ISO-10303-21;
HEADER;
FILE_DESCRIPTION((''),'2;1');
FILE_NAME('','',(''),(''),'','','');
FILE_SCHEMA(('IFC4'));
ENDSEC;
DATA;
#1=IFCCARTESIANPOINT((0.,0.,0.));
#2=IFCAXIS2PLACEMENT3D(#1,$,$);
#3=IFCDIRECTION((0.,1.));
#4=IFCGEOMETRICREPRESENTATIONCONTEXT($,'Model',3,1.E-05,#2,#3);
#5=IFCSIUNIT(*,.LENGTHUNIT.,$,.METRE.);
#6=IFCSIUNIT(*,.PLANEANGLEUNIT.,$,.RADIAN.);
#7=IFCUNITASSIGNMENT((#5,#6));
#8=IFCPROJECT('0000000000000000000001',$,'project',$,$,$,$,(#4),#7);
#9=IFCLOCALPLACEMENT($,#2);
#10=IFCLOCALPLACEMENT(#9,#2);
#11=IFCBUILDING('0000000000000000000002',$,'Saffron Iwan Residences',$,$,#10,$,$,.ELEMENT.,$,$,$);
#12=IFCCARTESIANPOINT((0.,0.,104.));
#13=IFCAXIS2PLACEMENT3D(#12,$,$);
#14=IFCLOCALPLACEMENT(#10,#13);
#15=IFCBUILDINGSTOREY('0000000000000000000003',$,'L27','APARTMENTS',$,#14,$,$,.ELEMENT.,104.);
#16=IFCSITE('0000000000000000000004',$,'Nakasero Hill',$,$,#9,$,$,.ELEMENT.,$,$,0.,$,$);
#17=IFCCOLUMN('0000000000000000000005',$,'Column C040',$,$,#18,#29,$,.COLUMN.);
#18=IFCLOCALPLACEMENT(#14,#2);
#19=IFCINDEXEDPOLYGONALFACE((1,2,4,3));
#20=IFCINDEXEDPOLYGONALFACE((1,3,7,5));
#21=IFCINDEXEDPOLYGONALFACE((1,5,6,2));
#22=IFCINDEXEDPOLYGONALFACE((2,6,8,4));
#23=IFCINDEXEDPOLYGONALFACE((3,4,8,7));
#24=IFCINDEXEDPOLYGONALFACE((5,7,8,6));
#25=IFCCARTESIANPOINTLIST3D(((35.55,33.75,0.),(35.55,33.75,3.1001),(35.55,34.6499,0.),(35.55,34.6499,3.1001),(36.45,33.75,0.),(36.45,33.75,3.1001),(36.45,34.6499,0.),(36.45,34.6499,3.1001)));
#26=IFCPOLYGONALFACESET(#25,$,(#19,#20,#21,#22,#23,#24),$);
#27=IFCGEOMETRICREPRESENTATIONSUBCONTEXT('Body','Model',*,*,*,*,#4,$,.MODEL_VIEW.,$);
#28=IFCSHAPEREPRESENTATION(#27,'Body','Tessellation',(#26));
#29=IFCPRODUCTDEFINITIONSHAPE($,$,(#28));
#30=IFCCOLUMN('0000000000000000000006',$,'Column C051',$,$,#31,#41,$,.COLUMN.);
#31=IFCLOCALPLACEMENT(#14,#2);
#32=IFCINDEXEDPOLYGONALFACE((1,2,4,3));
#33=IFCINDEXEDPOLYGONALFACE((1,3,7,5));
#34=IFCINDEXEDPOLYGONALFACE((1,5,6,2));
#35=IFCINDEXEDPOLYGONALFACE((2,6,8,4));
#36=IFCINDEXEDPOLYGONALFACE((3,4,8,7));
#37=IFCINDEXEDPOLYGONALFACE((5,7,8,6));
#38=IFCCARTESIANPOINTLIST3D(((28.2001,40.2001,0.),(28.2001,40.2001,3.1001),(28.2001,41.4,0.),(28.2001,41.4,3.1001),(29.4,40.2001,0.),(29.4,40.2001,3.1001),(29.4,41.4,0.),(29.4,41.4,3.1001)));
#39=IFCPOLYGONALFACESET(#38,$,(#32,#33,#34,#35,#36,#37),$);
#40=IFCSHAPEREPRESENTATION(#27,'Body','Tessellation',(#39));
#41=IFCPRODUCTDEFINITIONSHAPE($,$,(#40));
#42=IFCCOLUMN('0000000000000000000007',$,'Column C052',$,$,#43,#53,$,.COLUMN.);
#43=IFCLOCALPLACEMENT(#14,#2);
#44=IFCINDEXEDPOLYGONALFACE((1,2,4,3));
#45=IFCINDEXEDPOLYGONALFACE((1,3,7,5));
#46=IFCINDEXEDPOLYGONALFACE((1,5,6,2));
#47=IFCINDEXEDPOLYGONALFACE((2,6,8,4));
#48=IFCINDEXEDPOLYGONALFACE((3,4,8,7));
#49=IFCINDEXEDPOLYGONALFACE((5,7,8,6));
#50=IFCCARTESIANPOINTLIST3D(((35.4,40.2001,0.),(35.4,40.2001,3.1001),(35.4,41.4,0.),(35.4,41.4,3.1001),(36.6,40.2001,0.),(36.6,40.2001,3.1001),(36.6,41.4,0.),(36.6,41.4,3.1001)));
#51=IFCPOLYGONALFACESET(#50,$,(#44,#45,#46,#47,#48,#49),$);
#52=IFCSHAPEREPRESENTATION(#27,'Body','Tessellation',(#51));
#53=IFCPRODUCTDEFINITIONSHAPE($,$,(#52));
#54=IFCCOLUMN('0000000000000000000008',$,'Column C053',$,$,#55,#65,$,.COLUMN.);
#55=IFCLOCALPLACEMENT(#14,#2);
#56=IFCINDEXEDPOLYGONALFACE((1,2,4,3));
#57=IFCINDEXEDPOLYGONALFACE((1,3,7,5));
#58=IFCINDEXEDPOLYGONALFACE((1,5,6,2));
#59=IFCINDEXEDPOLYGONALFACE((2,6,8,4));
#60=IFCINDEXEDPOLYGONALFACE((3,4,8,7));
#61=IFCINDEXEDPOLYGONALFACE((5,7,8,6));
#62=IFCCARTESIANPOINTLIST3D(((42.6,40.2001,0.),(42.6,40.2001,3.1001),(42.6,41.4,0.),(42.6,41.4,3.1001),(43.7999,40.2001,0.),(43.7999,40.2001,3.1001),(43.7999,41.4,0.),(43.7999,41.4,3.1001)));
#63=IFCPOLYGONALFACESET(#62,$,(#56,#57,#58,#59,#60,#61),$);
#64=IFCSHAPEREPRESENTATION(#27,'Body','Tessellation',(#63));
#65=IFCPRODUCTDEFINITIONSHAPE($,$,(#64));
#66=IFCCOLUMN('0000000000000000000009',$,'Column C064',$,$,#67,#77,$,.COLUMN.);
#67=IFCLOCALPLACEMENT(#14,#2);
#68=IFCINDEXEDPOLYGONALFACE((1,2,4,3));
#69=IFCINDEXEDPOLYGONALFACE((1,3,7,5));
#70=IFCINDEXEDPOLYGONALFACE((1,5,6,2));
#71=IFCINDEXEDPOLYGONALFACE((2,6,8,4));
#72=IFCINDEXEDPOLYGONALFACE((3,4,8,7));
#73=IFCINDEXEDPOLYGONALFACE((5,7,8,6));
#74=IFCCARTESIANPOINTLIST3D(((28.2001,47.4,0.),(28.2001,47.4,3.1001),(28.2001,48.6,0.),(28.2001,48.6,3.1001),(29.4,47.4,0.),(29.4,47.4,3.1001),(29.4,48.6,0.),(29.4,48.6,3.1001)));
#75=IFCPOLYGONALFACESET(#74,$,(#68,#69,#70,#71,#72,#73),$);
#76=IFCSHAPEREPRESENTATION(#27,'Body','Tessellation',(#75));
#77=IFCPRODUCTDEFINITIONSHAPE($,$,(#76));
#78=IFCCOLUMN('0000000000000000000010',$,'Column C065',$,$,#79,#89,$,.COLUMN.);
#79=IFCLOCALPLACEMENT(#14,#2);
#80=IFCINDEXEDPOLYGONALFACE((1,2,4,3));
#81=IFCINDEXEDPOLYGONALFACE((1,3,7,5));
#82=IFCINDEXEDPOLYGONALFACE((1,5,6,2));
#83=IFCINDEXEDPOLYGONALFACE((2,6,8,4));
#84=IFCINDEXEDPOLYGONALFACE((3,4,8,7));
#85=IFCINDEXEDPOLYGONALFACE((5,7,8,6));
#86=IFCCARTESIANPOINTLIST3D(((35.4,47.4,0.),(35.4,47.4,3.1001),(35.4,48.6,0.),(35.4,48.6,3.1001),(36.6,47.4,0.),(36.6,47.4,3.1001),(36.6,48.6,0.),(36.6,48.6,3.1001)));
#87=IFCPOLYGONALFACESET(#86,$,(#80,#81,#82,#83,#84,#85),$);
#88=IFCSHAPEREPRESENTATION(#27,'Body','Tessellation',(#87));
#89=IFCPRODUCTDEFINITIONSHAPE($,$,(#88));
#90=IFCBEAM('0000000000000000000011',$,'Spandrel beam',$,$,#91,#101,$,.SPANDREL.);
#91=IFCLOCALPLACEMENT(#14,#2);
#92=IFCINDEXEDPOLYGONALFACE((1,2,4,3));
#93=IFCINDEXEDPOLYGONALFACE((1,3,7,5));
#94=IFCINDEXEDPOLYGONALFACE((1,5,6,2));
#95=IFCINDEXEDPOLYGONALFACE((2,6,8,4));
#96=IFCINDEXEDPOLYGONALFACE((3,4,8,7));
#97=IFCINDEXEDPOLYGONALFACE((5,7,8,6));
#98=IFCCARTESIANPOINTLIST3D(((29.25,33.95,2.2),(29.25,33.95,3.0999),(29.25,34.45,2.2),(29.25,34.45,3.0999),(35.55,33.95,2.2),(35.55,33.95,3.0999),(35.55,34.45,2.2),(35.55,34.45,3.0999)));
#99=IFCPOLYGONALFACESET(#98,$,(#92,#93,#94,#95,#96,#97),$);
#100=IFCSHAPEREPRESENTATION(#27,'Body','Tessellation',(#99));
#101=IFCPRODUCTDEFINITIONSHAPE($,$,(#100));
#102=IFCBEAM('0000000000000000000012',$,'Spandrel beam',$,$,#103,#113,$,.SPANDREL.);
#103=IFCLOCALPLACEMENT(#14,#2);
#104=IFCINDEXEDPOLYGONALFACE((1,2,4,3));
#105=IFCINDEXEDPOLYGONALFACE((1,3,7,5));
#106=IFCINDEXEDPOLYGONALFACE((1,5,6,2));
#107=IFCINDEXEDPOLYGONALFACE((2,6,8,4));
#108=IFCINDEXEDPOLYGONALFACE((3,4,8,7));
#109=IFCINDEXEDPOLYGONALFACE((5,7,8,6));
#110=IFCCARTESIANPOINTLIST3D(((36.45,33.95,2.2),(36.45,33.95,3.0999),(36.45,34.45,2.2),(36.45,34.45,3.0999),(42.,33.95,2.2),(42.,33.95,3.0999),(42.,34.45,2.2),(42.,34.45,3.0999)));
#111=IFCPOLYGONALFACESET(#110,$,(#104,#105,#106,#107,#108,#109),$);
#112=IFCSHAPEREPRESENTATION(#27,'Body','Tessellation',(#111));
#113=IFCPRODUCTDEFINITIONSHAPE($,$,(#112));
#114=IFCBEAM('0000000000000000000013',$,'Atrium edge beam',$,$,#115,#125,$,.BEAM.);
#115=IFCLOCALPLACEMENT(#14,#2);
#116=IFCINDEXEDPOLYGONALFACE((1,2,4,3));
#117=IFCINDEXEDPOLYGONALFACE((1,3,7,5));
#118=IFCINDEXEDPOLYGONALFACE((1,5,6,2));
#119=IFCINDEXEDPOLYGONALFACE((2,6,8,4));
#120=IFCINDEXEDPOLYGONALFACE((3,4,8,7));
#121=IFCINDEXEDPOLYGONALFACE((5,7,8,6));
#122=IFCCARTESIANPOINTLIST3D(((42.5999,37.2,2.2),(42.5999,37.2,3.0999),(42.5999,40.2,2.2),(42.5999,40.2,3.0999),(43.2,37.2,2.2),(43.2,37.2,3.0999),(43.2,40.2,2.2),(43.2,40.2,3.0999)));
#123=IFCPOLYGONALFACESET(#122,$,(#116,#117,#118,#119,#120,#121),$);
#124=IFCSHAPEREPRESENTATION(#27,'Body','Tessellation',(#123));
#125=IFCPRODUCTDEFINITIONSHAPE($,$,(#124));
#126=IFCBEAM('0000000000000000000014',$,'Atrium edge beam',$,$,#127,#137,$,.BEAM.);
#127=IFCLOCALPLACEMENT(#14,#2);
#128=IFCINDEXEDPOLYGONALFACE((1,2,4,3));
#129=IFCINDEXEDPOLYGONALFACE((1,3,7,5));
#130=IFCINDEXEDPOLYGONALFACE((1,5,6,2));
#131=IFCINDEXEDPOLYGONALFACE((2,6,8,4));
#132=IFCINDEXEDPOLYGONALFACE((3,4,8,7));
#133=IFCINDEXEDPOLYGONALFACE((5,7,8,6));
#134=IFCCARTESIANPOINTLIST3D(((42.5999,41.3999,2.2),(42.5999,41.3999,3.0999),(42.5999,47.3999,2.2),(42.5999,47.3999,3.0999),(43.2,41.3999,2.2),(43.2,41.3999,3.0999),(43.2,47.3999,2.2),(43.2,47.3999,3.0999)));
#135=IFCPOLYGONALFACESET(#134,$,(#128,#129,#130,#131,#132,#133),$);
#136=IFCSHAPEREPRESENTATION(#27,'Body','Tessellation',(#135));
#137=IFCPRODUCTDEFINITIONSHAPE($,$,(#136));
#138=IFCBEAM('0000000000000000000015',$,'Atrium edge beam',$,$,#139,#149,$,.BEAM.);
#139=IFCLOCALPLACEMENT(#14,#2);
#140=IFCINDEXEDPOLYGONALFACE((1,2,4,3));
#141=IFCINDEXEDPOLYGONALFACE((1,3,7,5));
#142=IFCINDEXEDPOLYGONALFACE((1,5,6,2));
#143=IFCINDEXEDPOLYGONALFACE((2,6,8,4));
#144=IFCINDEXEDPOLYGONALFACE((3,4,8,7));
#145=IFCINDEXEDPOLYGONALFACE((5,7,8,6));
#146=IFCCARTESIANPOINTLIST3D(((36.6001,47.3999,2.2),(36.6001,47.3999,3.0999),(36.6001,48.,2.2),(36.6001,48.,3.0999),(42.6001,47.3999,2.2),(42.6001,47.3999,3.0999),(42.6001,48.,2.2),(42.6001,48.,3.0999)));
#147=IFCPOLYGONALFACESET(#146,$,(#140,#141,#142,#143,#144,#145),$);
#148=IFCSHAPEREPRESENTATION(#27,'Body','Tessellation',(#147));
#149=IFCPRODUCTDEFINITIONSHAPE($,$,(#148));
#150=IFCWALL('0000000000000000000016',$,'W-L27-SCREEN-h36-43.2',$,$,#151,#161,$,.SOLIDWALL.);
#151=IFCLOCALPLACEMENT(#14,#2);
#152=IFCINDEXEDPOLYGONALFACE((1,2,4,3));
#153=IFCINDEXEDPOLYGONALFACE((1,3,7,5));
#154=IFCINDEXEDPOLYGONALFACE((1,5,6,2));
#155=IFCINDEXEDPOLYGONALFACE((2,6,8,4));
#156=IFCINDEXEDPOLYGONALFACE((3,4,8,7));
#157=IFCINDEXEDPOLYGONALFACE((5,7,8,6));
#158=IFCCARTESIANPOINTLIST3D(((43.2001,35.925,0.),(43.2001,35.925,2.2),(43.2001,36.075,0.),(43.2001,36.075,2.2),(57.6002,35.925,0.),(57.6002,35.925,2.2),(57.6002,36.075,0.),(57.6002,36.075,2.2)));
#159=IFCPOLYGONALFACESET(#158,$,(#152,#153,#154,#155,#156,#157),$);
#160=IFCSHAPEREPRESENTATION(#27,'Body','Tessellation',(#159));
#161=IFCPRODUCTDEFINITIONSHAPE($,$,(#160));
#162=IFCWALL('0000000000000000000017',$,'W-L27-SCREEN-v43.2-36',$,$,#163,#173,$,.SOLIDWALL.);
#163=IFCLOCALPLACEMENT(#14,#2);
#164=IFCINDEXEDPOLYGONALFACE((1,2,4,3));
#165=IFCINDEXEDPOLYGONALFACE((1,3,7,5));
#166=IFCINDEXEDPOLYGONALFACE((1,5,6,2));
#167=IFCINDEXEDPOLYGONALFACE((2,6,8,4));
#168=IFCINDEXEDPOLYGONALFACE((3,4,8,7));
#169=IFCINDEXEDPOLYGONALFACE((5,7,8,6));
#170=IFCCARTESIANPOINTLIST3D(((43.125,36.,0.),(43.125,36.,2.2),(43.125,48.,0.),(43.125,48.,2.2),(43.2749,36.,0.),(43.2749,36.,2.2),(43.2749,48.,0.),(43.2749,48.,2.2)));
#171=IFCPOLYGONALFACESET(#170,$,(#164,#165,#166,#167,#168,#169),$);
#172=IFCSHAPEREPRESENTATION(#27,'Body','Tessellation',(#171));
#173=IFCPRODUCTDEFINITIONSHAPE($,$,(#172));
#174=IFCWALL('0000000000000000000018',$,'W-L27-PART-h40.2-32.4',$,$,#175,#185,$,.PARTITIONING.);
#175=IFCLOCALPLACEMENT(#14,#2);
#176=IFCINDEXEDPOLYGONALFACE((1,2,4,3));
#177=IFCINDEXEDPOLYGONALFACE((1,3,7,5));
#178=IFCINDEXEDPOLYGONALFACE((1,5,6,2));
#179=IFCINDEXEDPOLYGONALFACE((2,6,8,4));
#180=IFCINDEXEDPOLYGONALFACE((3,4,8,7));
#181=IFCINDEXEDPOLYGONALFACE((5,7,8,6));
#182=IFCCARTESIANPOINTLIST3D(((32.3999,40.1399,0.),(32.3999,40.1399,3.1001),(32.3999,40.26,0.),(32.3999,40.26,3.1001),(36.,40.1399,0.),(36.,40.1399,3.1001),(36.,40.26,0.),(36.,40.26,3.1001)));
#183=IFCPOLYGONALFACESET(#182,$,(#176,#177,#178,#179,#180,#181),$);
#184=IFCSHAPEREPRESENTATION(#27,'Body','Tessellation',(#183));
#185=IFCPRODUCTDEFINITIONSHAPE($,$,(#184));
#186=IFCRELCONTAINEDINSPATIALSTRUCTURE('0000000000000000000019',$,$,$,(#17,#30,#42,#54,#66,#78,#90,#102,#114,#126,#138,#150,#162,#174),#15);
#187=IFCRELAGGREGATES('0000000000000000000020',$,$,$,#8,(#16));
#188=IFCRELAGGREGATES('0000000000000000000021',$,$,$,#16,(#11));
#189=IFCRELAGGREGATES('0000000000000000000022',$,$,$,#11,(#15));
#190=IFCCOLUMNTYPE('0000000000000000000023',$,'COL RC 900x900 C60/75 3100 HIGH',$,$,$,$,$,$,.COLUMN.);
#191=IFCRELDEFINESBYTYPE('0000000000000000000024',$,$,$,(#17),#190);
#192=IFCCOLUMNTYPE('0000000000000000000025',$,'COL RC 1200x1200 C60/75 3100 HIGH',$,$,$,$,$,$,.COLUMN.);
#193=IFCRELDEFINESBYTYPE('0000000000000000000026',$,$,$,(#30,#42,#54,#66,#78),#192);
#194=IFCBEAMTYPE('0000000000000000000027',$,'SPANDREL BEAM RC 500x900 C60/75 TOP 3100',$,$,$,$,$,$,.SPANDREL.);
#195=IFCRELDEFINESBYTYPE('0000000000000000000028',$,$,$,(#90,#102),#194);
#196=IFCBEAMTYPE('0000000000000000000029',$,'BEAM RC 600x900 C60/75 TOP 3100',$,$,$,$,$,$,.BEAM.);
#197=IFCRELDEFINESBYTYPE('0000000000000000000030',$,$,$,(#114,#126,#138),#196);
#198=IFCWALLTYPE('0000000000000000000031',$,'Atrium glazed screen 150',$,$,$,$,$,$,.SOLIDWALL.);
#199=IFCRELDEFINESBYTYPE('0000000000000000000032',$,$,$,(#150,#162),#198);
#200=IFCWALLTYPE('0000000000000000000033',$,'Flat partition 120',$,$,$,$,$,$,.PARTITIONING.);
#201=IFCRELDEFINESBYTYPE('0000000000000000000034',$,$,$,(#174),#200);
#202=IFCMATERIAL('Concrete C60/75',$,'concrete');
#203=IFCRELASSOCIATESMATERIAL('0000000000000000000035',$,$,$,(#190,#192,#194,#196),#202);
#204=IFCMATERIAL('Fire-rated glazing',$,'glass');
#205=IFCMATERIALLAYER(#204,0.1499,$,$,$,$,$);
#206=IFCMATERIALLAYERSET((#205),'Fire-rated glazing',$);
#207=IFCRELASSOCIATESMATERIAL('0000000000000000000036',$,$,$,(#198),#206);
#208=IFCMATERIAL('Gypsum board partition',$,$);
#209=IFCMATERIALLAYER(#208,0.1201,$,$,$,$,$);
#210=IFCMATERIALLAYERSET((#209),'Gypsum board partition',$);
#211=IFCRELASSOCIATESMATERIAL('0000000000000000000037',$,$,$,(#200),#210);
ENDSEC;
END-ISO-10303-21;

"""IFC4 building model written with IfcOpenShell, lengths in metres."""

from ifc_helpers import new_model, si_unit, direction, frame, frame_2d, origin, origin_2d, place, context, subcontext, project, spatial, rectangle, extrude, source, transform, mapped, material, layer, layer_set, material_profile, profile_set, type_object, element, save


model = new_model("IFC4")

# Units and contexts
model_context = context("Model", 3, precision=1e-05, world=origin(), true_north=direction((0.0, 1.0)))
body_context = subcontext(model_context, "Body", "Model", "MODEL_VIEW")
ifc_project = project(units=[si_unit("LENGTHUNIT", "METRE"), si_unit("PLANEANGLEUNIT", "RADIAN")], contexts=[model_context])

# Site, building, storey
site_placement = place(None, origin())
site = spatial("IfcSite", under=ifc_project, at=site_placement, Name="Nakasero Hill", CompositionType="ELEMENT", RefElevation=0.0)
building_placement = place(site_placement, origin())
building = spatial("IfcBuilding", under=site, at=building_placement, Name="Saffron Iwan Residences", CompositionType="ELEMENT")
storey_placement = place(building_placement, frame((0.0, 0.0, 104.0)))
storey = spatial("IfcBuildingStorey", under=building, at=storey_placement, Name="L27", Description="APARTMENTS", CompositionType="ELEMENT", Elevation=104.0)

# Columns
ifc_material_1 = material(Name="Concrete C60/75", Category="concrete")
ifc_material_profile_1 = material_profile(ifc_material_1, rectangle(XDim=0.8999, YDim=0.8999, at=origin_2d()), Name="RC 900x900")
ifc_profile_set_1 = profile_set([ifc_material_profile_1], Name="Concrete C60/75")
column_type_1 = type_object("IfcColumnType", Name="COL RC 900x900 C60/75 3100 HIGH", PredefinedType="COLUMN", material=ifc_profile_set_1)
shared_shape_1 = source(origin(), body_context, "Body", "SweptSolid", [
    extrude(rectangle(XDim=0.8999, YDim=0.8999, at=origin_2d()), origin(), (0.0, 0.0, 1.0), 3.1001),
])
column_placement = place(storey_placement, frame((36.0, 34.2, 0.0), z_axis=(0.0, 0.0, 1.0), x_axis=(1.0, 0.0, 0.0)))
element("IfcColumn", 1, at=column_placement, inside=storey, type_object=column_type_1, Name="Column C040", PredefinedType="COLUMN", context=body_context, shape_type="MappedRepresentation", body=[
    mapped(shared_shape_1, transform((0.0, 0.0, 0.0))),
])
ifc_material_profile_2 = material_profile(ifc_material_1, rectangle(XDim=1.2, YDim=1.2, at=origin_2d()), Name="RC 1200x1200")
ifc_profile_set_2 = profile_set([ifc_material_profile_2], Name="Concrete C60/75")
column_type_2 = type_object("IfcColumnType", Name="COL RC 1200x1200 C60/75 3100 HIGH", PredefinedType="COLUMN", material=ifc_profile_set_2)
shared_shape_2 = source(origin(), body_context, "Body", "SweptSolid", [
    extrude(rectangle(XDim=1.2, YDim=1.2, at=origin_2d()), origin(), (0.0, 0.0, 1.0), 3.1001),
])
for number, where, z_axis, x_axis, name in (
    (2, (28.8, 40.8, 0.0), (0.0, 0.0, 1.0), (1.0, 0.0, 0.0), "Column C051"),
    (3, (36.0, 40.8, 0.0), (0.0, 0.0, 1.0), (1.0, 0.0, 0.0), "Column C052"),
    (4, (43.2, 40.8, 0.0), (0.0, 0.0, 1.0), (1.0, 0.0, 0.0), "Column C053"),
    (5, (28.8, 48.0, 0.0), (0.0, 0.0, 1.0), (1.0, 0.0, 0.0), "Column C064"),
    (6, (36.0, 48.0, 0.0), (0.0, 0.0, 1.0), (1.0, 0.0, 0.0), "Column C065"),
):
    element("IfcColumn", number, at=place(storey_placement, frame(where, z_axis=z_axis, x_axis=x_axis)), inside=storey, type_object=column_type_2, Name=name, PredefinedType="COLUMN", context=body_context, shape_type="MappedRepresentation", body=[
        mapped(shared_shape_2, transform((0.0, 0.0, 0.0))),
    ])

# Beams
ifc_material_profile_3 = material_profile(ifc_material_1, rectangle(XDim=0.5, YDim=0.8999, at=origin_2d()), Name="RC 500x900")
ifc_profile_set_3 = profile_set([ifc_material_profile_3], Name="Concrete C60/75")
beam_type_1 = type_object("IfcBeamType", Name="SPANDREL BEAM RC 500x900 C60/75 TOP 3100", PredefinedType="SPANDREL", material=ifc_profile_set_3)
shared_shape_3 = source(origin(), body_context, "Body", "SweptSolid", [
    extrude(rectangle(XDim=0.5, YDim=0.8999, at=origin_2d()), origin(), (0.0, 0.0, 1.0), 6.3),
])
beam_1_placement = place(storey_placement, frame((35.55, 34.2, 2.6499), z_axis=(-1.0, 0.0, 0.0), x_axis=(0.0, -1.0, 0.0)))
element("IfcBeam", 7, at=beam_1_placement, inside=storey, type_object=beam_type_1, Name="Spandrel beam", PredefinedType="SPANDREL", context=body_context, shape_type="MappedRepresentation", body=[
    mapped(shared_shape_3, transform((0.0, 0.0, 0.0))),
])
shared_shape_4 = source(origin(), body_context, "Body", "SweptSolid", [
    extrude(rectangle(XDim=0.5, YDim=0.8999, at=origin_2d()), origin(), (0.0, 0.0, 1.0), 5.55),
])
beam_2_placement = place(storey_placement, frame((42.0, 34.2, 2.6499), z_axis=(-1.0, 0.0, 0.0), x_axis=(0.0, -1.0, 0.0)))
element("IfcBeam", 8, at=beam_2_placement, inside=storey, type_object=beam_type_1, Name="Spandrel beam", PredefinedType="SPANDREL", context=body_context, shape_type="MappedRepresentation", body=[
    mapped(shared_shape_4, transform((0.0, 0.0, 0.0))),
])
ifc_material_profile_4 = material_profile(ifc_material_1, rectangle(XDim=0.6001, YDim=0.8999, at=origin_2d()), Name="RC 600x900")
ifc_profile_set_4 = profile_set([ifc_material_profile_4], Name="Concrete C60/75")
beam_type_2 = type_object("IfcBeamType", Name="BEAM RC 600x900 C60/75 TOP 3100", PredefinedType="BEAM", material=ifc_profile_set_4)
shared_shape_5 = source(origin(), body_context, "Body", "SweptSolid", [
    extrude(rectangle(XDim=0.6001, YDim=0.8999, at=origin_2d()), origin(), (0.0, 0.0, 1.0), 3.0),
])
beam_3_placement = place(storey_placement, frame((42.8999, 37.2, 2.6499), z_axis=(0.0, 1.0, 0.0), x_axis=(-1.0, 0.0, 0.0)))
element("IfcBeam", 9, at=beam_3_placement, inside=storey, type_object=beam_type_2, Name="Atrium edge beam", PredefinedType="BEAM", context=body_context, shape_type="MappedRepresentation", body=[
    mapped(shared_shape_5, transform((0.0, 0.0, 0.0))),
])
shared_shape_6 = source(origin(), body_context, "Body", "SweptSolid", [
    extrude(rectangle(XDim=0.6001, YDim=0.8999, at=origin_2d()), origin(), (0.0, 0.0, 1.0), 6.0),
])
for number, where, z_axis, x_axis, name in (
    (10, (42.8999, 41.3999, 2.6499), (0.0, 1.0, 0.0), (-1.0, 0.0, 0.0), "Atrium edge beam"),
    (11, (42.6001, 47.7, 2.6499), (-1.0, 0.0, 0.0), (0.0, -1.0, 0.0), "Atrium edge beam"),
):
    element("IfcBeam", number, at=place(storey_placement, frame(where, z_axis=z_axis, x_axis=x_axis)), inside=storey, type_object=beam_type_2, Name=name, PredefinedType="BEAM", context=body_context, shape_type="MappedRepresentation", body=[
        mapped(shared_shape_6, transform((0.0, 0.0, 0.0))),
    ])

# Walls
ifc_material_2 = material(Name="Fire-rated glazing", Category="glass")
ifc_layer_1 = layer(ifc_material_2, 0.1499)
ifc_layer_set_1 = layer_set([ifc_layer_1], Name="Fire-rated glazing")
wall_type_1 = type_object("IfcWallType", Name="Atrium glazed screen 150", PredefinedType="SOLIDWALL", material=ifc_layer_set_1)
wall_1_placement = place(storey_placement, frame((43.2, 36.0, 0.0), z_axis=(0.0, 0.0, 1.0), x_axis=(1.0, 0.0, 0.0)))
element("IfcWall", 12, at=wall_1_placement, inside=storey, type_object=wall_type_1, Name="W-L27-SCREEN-h36-43.2", PredefinedType="SOLIDWALL", context=body_context, shape_type="SweptSolid", body=[
    extrude(rectangle(XDim=14.4001, YDim=0.1499, at=frame_2d((7.2002, 0.0))), origin(), (0.0, 0.0, 1.0), 2.2),
])
wall_2_placement = place(storey_placement, frame((43.2, 36.0, 0.0), z_axis=(0.0, 0.0, 1.0), x_axis=(0.0, 1.0, 0.0)))
element("IfcWall", 13, at=wall_2_placement, inside=storey, type_object=wall_type_1, Name="W-L27-SCREEN-v43.2-36", PredefinedType="SOLIDWALL", context=body_context, shape_type="SweptSolid", body=[
    extrude(rectangle(XDim=12.0, YDim=0.1499, at=frame_2d((6.0, 0.0))), origin(), (0.0, 0.0, 1.0), 2.2),
])
ifc_material_3 = material(Name="Gypsum board partition")
ifc_layer_2 = layer(ifc_material_3, 0.1201)
ifc_layer_set_2 = layer_set([ifc_layer_2], Name="Gypsum board partition")
wall_type_2 = type_object("IfcWallType", Name="Flat partition 120", PredefinedType="PARTITIONING", material=ifc_layer_set_2)
wall_3_placement = place(storey_placement, frame((32.3999, 40.2, 0.0), z_axis=(0.0, 0.0, 1.0), x_axis=(1.0, 0.0, 0.0)))
element("IfcWall", 14, at=wall_3_placement, inside=storey, type_object=wall_type_2, Name="W-L27-PART-h40.2-32.4", PredefinedType="PARTITIONING", context=body_context, shape_type="SweptSolid", body=[
    extrude(rectangle(XDim=3.6001, YDim=0.1201, at=frame_2d((1.8, 0.0))), origin(), (0.0, 0.0, 1.0), 3.1001),
])

save(model, "model.ifc")
